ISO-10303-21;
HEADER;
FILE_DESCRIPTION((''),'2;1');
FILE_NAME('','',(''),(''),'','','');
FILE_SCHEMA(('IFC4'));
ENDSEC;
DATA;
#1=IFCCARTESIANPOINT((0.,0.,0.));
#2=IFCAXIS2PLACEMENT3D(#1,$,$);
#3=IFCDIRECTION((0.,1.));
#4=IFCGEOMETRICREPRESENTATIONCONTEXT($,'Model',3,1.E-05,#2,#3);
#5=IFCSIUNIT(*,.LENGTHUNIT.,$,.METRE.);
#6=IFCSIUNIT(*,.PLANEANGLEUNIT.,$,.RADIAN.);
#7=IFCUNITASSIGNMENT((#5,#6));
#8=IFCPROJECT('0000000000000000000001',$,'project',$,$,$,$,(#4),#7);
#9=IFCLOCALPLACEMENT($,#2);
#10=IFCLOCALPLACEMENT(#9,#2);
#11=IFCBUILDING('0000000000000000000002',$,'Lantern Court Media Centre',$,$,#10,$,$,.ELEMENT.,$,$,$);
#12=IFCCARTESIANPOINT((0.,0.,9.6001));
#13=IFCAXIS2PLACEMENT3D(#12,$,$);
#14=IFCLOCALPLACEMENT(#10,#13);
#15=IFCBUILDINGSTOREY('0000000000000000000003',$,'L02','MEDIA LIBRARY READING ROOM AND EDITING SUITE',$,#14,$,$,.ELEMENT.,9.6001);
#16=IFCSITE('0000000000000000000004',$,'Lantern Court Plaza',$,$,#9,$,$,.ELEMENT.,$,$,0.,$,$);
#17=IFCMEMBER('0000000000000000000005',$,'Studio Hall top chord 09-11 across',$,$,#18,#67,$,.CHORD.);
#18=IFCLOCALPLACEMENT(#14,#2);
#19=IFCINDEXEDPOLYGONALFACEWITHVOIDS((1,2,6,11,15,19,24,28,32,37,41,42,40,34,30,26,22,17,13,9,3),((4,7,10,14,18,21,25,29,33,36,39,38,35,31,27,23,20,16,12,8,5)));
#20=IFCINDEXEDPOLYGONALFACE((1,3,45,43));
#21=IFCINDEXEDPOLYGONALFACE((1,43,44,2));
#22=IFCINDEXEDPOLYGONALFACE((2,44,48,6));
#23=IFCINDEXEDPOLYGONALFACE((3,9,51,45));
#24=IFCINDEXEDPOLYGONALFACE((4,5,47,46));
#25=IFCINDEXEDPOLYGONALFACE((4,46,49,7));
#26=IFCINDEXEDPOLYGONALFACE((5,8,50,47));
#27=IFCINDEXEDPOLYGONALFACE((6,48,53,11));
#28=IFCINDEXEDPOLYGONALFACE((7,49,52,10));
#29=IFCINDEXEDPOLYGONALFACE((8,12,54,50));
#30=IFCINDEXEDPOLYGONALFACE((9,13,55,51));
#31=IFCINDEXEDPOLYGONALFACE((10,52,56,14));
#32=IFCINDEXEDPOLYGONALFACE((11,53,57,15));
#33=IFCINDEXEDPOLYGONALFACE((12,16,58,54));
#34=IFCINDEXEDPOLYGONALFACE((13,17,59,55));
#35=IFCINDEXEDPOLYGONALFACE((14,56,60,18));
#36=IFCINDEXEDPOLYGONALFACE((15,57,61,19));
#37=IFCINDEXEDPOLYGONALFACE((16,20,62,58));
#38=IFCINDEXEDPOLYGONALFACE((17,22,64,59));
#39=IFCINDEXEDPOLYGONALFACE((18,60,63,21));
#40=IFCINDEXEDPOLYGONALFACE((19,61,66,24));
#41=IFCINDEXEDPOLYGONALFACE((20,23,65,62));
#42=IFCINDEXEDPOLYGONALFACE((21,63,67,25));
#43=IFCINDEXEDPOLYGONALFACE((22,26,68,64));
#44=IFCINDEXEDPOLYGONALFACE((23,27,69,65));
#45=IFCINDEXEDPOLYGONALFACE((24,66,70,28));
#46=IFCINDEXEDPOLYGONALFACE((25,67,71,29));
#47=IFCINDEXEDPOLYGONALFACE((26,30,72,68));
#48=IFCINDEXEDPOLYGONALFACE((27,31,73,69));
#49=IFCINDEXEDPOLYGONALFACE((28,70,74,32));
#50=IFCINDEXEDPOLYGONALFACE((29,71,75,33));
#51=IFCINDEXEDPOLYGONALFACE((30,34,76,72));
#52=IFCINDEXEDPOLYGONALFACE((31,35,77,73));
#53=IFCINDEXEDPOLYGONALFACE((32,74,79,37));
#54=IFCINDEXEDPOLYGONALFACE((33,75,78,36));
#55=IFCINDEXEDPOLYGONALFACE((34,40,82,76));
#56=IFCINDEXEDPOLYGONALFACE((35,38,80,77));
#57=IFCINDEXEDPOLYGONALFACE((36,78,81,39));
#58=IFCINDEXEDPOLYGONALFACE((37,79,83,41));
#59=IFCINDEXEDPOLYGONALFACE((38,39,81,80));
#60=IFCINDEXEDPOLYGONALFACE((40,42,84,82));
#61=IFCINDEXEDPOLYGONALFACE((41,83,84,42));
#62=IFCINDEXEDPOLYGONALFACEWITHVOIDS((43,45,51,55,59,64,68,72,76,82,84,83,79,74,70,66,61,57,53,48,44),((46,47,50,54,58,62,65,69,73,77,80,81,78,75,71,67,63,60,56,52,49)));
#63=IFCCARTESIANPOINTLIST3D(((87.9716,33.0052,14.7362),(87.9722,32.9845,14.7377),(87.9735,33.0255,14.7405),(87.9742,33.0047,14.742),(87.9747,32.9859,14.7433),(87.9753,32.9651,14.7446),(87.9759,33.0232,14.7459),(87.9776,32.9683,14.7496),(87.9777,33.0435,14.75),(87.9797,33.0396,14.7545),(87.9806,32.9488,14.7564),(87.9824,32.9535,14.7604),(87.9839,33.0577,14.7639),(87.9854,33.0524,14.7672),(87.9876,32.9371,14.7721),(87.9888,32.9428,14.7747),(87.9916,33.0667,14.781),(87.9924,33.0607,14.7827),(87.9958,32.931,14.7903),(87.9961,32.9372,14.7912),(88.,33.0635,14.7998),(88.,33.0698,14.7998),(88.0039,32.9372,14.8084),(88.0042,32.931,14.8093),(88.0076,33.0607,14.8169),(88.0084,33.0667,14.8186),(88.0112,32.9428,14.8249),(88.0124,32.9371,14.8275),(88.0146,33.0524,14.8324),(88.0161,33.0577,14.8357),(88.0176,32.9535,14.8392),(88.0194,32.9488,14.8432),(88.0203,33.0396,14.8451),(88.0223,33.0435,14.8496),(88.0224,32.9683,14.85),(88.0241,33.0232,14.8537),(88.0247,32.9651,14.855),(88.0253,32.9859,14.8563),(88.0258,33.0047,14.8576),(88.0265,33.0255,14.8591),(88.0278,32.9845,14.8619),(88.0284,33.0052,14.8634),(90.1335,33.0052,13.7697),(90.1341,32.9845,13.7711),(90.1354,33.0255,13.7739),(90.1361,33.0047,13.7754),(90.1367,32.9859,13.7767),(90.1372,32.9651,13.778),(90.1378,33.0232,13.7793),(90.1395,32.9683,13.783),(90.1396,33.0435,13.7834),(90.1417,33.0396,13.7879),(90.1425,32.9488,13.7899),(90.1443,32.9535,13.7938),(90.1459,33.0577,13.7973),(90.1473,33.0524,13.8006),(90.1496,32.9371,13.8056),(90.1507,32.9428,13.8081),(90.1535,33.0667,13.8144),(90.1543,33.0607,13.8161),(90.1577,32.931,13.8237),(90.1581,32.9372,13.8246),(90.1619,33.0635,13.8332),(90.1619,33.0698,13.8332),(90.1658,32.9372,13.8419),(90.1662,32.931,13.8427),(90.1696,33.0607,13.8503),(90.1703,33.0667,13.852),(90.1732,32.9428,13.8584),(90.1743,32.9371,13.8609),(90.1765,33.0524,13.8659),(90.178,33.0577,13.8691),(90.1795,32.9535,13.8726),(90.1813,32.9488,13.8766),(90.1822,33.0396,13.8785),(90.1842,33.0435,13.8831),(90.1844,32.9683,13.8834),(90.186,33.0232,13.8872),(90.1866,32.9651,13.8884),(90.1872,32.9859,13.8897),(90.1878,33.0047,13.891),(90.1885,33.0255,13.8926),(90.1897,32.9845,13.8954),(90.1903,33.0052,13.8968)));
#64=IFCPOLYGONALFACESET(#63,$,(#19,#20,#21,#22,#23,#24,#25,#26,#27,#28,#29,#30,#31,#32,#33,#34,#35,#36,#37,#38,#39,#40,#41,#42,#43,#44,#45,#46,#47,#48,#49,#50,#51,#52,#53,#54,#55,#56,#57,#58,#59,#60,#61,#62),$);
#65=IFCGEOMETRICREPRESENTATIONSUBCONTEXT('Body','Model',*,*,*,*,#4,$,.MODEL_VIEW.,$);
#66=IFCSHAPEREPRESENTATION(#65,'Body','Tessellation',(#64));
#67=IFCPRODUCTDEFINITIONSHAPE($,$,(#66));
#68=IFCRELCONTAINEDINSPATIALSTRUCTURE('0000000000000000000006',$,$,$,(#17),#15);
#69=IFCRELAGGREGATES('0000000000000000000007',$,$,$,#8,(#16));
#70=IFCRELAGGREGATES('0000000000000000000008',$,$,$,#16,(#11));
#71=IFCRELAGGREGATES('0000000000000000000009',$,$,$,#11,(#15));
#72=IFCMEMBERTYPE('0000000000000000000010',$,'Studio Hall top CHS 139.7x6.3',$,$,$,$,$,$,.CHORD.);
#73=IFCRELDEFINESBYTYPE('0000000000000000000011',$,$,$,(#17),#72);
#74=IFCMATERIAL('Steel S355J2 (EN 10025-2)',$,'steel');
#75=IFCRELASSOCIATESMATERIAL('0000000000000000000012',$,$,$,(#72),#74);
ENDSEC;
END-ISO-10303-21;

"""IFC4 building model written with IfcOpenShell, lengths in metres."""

from ifc_helpers import new_model, si_unit, direction, frame, origin, origin_2d, place, context, subcontext, project, spatial, hollow_circle, extrude, material, material_profile, profile_set, type_object, element, save


model = new_model("IFC4")

# Units and contexts
model_context = context("Model", 3, precision=1e-05, world=origin(), true_north=direction((0.0, 1.0)))
body_context = subcontext(model_context, "Body", "Model", "MODEL_VIEW")
ifc_project = project(units=[si_unit("LENGTHUNIT", "METRE"), si_unit("PLANEANGLEUNIT", "RADIAN")], contexts=[model_context])

# Site, building, storey
site_placement = place(None, origin())
site = spatial("IfcSite", under=ifc_project, at=site_placement, Name="Lantern Court Plaza", CompositionType="ELEMENT", RefElevation=0.0)
building_placement = place(site_placement, origin())
building = spatial("IfcBuilding", under=site, at=building_placement, Name="Lantern Court Media Centre", CompositionType="ELEMENT")
storey_placement = place(building_placement, frame((0.0, 0.0, 9.6001)))
storey = spatial("IfcBuildingStorey", under=building, at=storey_placement, Name="L02", Description="MEDIA LIBRARY READING ROOM AND EDITING SUITE", CompositionType="ELEMENT", Elevation=9.6001)

# Member
ifc_material = material(Name="Steel S355J2 (EN 10025-2)", Category="steel")
ifc_material_profile_1 = material_profile(ifc_material, hollow_circle(Radius=0.0698, WallThickness=0.0063, at=origin_2d()), Name="Studio Hall top CHS 139.7x6.3")
ifc_profile_set_1 = profile_set([ifc_material_profile_1], Name="Steel S355J2 (EN 10025-2)")
member_type_1 = type_object("IfcMemberType", Name="Studio Hall top CHS 139.7x6.3", PredefinedType="CHORD", material=ifc_profile_set_1)
for number, where, z_axis, x_axis, name in (
    (1, (88.0, 33.0, 14.7998), (0.912912, 0.0, -0.408156), (0.0, 1.0, 0.0), "Studio Hall top chord 09-11 across"),
):
    element("IfcMember", number, at=place(storey_placement, frame(where, z_axis=z_axis, x_axis=x_axis)), inside=storey, type_object=member_type_1, Name=name, PredefinedType="CHORD", context=body_context, shape_type="SweptSolid", body=[
        extrude(hollow_circle(Radius=0.0698, WallThickness=0.0063, at=origin_2d()), origin(), (0.0, 0.0, 1.0), 2.3682),
    ])

save(model, "model.ifc")
